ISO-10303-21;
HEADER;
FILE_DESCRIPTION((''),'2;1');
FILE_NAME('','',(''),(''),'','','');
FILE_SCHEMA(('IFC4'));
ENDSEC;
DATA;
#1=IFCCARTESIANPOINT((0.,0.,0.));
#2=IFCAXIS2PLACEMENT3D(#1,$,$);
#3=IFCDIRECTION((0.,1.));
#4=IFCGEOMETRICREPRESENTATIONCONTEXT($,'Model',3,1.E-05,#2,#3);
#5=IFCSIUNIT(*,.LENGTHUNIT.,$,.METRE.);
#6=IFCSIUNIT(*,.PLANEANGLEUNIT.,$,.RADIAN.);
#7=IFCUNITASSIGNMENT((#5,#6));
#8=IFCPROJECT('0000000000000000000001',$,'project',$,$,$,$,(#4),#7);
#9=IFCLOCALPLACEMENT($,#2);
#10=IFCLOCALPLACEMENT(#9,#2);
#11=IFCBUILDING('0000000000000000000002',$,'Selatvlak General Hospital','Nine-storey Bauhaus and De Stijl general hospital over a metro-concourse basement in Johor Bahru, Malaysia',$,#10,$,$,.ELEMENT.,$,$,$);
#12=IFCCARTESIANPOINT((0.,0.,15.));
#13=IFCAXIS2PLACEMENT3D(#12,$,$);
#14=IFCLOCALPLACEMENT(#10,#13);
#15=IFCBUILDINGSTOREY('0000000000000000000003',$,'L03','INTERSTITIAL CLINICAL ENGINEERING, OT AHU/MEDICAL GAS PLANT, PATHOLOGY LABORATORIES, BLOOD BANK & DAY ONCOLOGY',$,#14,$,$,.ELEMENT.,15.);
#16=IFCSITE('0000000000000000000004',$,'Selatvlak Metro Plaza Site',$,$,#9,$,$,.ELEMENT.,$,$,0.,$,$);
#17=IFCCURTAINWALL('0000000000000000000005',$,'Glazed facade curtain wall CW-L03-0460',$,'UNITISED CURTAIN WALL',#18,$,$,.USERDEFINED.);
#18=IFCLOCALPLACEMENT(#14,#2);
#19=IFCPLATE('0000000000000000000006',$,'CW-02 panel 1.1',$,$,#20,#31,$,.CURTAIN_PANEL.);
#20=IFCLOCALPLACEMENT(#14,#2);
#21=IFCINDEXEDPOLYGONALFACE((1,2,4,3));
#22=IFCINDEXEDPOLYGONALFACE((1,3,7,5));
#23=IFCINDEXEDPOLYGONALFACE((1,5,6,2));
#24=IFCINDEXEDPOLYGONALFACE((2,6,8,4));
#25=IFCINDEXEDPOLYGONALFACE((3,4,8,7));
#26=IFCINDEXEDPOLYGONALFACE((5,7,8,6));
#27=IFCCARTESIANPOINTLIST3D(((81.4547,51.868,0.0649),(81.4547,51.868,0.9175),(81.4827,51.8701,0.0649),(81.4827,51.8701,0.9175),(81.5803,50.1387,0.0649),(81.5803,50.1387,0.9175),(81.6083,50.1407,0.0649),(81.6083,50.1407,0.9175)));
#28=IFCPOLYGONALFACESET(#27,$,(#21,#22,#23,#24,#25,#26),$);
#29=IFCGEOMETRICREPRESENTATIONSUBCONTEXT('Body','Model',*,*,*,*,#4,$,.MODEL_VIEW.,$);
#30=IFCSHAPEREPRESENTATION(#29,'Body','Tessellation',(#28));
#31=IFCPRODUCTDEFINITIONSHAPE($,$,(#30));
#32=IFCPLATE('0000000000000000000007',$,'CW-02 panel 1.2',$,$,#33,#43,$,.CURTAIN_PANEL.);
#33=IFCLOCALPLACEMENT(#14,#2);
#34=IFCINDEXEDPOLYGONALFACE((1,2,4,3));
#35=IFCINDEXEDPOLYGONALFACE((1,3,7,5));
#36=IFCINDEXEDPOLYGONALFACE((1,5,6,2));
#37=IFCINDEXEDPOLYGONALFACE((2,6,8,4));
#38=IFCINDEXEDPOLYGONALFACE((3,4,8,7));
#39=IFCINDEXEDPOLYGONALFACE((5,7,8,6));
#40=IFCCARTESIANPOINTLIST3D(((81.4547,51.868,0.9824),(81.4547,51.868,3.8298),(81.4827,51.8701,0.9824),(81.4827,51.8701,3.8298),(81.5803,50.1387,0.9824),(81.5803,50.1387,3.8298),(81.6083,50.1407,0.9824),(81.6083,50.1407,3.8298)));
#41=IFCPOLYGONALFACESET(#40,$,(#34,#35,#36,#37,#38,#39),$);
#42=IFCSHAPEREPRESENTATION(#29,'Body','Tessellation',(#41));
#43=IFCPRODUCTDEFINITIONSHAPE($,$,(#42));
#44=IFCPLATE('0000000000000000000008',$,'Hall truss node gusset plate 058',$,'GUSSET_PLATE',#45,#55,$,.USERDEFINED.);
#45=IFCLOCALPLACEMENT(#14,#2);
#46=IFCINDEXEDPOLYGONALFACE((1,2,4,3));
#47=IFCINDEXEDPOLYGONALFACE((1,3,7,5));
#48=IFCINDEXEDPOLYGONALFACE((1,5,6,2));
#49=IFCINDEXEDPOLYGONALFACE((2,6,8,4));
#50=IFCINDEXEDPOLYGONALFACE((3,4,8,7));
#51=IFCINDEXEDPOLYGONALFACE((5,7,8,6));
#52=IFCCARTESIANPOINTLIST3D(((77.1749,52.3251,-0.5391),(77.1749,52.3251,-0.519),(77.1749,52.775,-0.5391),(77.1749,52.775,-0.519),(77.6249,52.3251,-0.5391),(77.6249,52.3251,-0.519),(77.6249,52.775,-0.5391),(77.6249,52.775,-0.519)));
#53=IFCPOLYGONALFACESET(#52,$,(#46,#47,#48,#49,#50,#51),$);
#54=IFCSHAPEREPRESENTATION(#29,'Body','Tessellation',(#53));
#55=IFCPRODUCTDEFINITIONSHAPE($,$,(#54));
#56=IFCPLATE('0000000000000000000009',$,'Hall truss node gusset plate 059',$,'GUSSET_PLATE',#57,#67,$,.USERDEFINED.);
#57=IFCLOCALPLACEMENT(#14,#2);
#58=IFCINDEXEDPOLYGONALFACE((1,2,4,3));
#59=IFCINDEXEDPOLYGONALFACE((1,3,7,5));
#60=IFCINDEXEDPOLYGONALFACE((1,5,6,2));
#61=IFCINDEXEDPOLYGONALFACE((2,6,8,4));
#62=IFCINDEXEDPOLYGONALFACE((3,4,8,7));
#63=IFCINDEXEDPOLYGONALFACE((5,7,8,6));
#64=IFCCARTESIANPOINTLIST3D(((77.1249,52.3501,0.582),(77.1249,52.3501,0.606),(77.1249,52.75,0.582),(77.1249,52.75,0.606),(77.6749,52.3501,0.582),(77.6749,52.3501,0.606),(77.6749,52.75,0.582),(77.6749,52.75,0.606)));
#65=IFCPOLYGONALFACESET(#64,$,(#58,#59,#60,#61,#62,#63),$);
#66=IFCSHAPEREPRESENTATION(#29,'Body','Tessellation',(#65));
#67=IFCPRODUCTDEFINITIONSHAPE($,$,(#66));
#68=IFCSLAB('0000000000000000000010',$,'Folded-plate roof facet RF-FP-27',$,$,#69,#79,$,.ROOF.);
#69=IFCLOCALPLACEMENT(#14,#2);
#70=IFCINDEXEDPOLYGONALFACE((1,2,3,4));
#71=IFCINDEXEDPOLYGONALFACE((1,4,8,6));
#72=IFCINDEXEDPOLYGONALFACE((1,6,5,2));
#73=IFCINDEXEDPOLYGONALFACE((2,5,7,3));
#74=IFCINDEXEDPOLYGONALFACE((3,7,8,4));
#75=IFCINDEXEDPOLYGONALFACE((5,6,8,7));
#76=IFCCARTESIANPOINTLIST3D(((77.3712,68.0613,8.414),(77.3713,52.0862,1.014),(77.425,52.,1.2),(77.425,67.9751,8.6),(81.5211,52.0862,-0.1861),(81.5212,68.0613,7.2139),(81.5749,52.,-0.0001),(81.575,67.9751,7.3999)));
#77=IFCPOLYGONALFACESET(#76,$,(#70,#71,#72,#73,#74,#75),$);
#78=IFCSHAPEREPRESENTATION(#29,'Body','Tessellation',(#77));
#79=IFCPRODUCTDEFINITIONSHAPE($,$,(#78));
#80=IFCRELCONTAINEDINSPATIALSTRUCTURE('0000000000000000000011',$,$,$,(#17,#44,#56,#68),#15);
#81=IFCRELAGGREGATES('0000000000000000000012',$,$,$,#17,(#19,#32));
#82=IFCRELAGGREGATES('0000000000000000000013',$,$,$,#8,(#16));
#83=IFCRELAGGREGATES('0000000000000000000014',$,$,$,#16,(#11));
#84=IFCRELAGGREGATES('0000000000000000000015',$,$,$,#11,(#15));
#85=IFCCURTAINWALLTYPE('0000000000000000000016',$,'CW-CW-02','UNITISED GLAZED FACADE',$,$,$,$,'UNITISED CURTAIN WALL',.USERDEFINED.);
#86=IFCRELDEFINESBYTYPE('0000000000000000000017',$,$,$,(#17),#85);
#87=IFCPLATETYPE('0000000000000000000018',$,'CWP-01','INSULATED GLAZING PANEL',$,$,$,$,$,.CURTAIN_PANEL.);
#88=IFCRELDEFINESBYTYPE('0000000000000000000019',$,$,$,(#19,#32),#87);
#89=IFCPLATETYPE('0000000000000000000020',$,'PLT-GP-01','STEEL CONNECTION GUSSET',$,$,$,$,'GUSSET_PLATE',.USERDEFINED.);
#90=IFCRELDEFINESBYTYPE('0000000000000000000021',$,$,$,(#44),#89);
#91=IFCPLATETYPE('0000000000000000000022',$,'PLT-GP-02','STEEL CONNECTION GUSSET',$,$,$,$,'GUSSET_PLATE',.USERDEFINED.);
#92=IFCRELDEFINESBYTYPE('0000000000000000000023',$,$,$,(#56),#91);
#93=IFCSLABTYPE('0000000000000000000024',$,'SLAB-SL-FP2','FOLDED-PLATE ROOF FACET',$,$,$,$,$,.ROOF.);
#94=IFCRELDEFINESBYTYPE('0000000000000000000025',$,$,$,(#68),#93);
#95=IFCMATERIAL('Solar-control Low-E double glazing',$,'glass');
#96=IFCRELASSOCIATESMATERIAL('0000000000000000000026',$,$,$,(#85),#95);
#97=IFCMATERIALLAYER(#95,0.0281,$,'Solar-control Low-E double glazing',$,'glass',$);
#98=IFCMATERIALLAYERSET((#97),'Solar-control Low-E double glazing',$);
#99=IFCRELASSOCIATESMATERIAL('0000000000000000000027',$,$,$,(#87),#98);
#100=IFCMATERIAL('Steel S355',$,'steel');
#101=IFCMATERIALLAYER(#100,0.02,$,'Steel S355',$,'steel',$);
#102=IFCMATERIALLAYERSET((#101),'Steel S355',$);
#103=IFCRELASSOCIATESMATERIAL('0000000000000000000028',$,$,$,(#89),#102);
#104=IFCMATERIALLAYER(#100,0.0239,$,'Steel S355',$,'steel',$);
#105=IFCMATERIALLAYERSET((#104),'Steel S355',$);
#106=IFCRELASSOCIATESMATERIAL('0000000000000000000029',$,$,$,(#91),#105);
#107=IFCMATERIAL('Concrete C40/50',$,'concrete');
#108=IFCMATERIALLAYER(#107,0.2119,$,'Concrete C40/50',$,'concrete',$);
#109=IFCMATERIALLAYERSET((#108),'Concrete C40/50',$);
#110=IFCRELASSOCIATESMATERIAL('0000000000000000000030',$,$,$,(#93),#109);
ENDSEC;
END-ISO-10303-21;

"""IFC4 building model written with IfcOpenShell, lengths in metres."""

from ifc_helpers import new_model, si_unit, direction, frame, origin, origin_2d, place, context, subcontext, project, spatial, polyline, rectangle, outline, extrude, material, layer, layer_set, type_object, element, aggregate, save


model = new_model("IFC4")

# Units and contexts
model_context = context("Model", 3, precision=1e-05, world=origin(), true_north=direction((0.0, 1.0)))
body_context = subcontext(model_context, "Body", "Model", "MODEL_VIEW")
ifc_project = project(units=[si_unit("LENGTHUNIT", "METRE"), si_unit("PLANEANGLEUNIT", "RADIAN")], contexts=[model_context])

# Site, building, storey
site_placement = place(None, origin())
site = spatial("IfcSite", under=ifc_project, at=site_placement, Name="Selatvlak Metro Plaza Site", CompositionType="ELEMENT", RefElevation=0.0)
building_placement = place(site_placement, origin())
building = spatial("IfcBuilding", under=site, at=building_placement, Name="Selatvlak General Hospital", Description="Nine-storey Bauhaus and De Stijl general hospital over a metro-concourse basement in Johor Bahru, Malaysia", CompositionType="ELEMENT")
storey_placement = place(building_placement, frame((0.0, 0.0, 15.0)))
storey = spatial("IfcBuildingStorey", under=building, at=storey_placement, Name="L03", Description="INTERSTITIAL CLINICAL ENGINEERING, OT AHU/MEDICAL GAS PLANT, PATHOLOGY LABORATORIES, BLOOD BANK & DAY ONCOLOGY", CompositionType="ELEMENT", Elevation=15.0)

# Shared definitions
ifc_material_1 = material(Name="Concrete C40/50", Category="concrete")

# Shared definitions
ifc_material_2 = material(Name="Steel S355", Category="steel")

# Shared definitions
ifc_material_3 = material(Name="Solar-control Low-E double glazing", Category="glass")

# Shared definitions
curtain_wall_type_1 = type_object("IfcCurtainWallType", Name="CW-CW-02", Description="UNITISED GLAZED FACADE", ElementType="UNITISED CURTAIN WALL", PredefinedType="USERDEFINED", material=ifc_material_3)

# Curtain wall
curtain_wall_1_placement = place(storey_placement, origin())
curtain_wall_1 = element("IfcCurtainWall", 1, at=curtain_wall_1_placement, inside=storey, type_object=curtain_wall_type_1, Name="Glazed facade curtain wall CW-L03-0460", ObjectType="UNITISED CURTAIN WALL", PredefinedType="USERDEFINED")

# Plates
ifc_layer_1 = layer(ifc_material_3, 0.0281, Name="Solar-control Low-E double glazing", Category="glass")
ifc_layer_set_1 = layer_set([ifc_layer_1], Name="Solar-control Low-E double glazing")
plate_type_1 = type_object("IfcPlateType", Name="CWP-01", Description="INSULATED GLAZING PANEL", PredefinedType="CURTAIN_PANEL", material=ifc_layer_set_1)
plate_1_placement = place(storey_placement, frame((81.5315, 51.0044, 0.0649), z_axis=(0.0, 0.0, 1.0), x_axis=(0.072429, -0.997374, 0.0)))
plate_1 = element("IfcPlate", 2, at=plate_1_placement, type_object=plate_type_1, Name="CW-02 panel 1.1", PredefinedType="CURTAIN_PANEL", context=body_context, shape_type="SweptSolid", body=[
    extrude(rectangle(XDim=1.7339, YDim=0.0281, at=origin_2d()), origin(), (0.0, 0.0, 1.0), 0.8525),
])
plate_2_placement = place(storey_placement, frame((81.5315, 51.0044, 0.9824), z_axis=(0.0, 0.0, 1.0), x_axis=(0.072429, -0.997374, 0.0)))
plate_2 = element("IfcPlate", 3, at=plate_2_placement, type_object=plate_type_1, Name="CW-02 panel 1.2", PredefinedType="CURTAIN_PANEL", context=body_context, shape_type="SweptSolid", body=[
    extrude(rectangle(XDim=1.7339, YDim=0.0281, at=origin_2d()), origin(), (0.0, 0.0, 1.0), 2.8474),
])
aggregate(curtain_wall_1, [plate_1, plate_2])

# Plates
ifc_layer_2 = layer(ifc_material_2, 0.02, Name="Steel S355", Category="steel")
ifc_layer_set_2 = layer_set([ifc_layer_2], Name="Steel S355")
plate_type_2 = type_object("IfcPlateType", Name="PLT-GP-01", Description="STEEL CONNECTION GUSSET", ElementType="GUSSET_PLATE", PredefinedType="USERDEFINED", material=ifc_layer_set_2)
plate_3_placement = place(storey_placement, frame((77.3999, 52.55, -0.5391), z_axis=(0.0, 0.0, 1.0), x_axis=(1.0, 0.0, 0.0)))
element("IfcPlate", 4, at=plate_3_placement, inside=storey, type_object=plate_type_2, Name="Hall truss node gusset plate 058", ObjectType="GUSSET_PLATE", PredefinedType="USERDEFINED", context=body_context, shape_type="SweptSolid", body=[
    extrude(rectangle(XDim=0.45, YDim=0.45, at=origin_2d()), origin(), (0.0, 0.0, 1.0), 0.02),
])
ifc_layer_3 = layer(ifc_material_2, 0.0239, Name="Steel S355", Category="steel")
ifc_layer_set_3 = layer_set([ifc_layer_3], Name="Steel S355")
plate_type_3 = type_object("IfcPlateType", Name="PLT-GP-02", Description="STEEL CONNECTION GUSSET", ElementType="GUSSET_PLATE", PredefinedType="USERDEFINED", material=ifc_layer_set_3)
plate_4_placement = place(storey_placement, frame((77.3999, 52.55, 0.582), z_axis=(0.0, 0.0, 1.0), x_axis=(1.0, 0.0, 0.0)))
element("IfcPlate", 5, at=plate_4_placement, inside=storey, type_object=plate_type_3, Name="Hall truss node gusset plate 059", ObjectType="GUSSET_PLATE", PredefinedType="USERDEFINED", context=body_context, shape_type="SweptSolid", body=[
    extrude(rectangle(XDim=0.55, YDim=0.3999, at=origin_2d()), origin(), (0.0, 0.0, 1.0), 0.0239),
])

# Slab
ifc_layer_4 = layer(ifc_material_1, 0.2119, Name="Concrete C40/50", Category="concrete")
ifc_layer_set_4 = layer_set([ifc_layer_4], Name="Concrete C40/50")
slab_type = type_object("IfcSlabType", Name="SLAB-SL-FP2", Description="FOLDED-PLATE ROOF FACET", PredefinedType="ROOF", material=ifc_layer_set_4)
slab_placement = place(storey_placement, frame((77.425, 52.0, 1.2), z_axis=(0.253804, -0.406554, 0.877666), x_axis=(0.960641, 0.00001, -0.277794)))
element("IfcSlab", 6, at=slab_placement, inside=storey, type_object=slab_type, Name="Folded-plate roof facet RF-FP-27", PredefinedType="ROOF", context=body_context, shape_type="SweptSolid", body=[
    extrude(outline(polyline([(0.0, 0.0), (4.3199, 0.0), (2.2644, 17.4853), (-2.0556, 17.4854), (0.0, 0.0)])), origin(), (0.0, 0.0, -1.0), 0.2119),
])

save(model, "model.ifc")
